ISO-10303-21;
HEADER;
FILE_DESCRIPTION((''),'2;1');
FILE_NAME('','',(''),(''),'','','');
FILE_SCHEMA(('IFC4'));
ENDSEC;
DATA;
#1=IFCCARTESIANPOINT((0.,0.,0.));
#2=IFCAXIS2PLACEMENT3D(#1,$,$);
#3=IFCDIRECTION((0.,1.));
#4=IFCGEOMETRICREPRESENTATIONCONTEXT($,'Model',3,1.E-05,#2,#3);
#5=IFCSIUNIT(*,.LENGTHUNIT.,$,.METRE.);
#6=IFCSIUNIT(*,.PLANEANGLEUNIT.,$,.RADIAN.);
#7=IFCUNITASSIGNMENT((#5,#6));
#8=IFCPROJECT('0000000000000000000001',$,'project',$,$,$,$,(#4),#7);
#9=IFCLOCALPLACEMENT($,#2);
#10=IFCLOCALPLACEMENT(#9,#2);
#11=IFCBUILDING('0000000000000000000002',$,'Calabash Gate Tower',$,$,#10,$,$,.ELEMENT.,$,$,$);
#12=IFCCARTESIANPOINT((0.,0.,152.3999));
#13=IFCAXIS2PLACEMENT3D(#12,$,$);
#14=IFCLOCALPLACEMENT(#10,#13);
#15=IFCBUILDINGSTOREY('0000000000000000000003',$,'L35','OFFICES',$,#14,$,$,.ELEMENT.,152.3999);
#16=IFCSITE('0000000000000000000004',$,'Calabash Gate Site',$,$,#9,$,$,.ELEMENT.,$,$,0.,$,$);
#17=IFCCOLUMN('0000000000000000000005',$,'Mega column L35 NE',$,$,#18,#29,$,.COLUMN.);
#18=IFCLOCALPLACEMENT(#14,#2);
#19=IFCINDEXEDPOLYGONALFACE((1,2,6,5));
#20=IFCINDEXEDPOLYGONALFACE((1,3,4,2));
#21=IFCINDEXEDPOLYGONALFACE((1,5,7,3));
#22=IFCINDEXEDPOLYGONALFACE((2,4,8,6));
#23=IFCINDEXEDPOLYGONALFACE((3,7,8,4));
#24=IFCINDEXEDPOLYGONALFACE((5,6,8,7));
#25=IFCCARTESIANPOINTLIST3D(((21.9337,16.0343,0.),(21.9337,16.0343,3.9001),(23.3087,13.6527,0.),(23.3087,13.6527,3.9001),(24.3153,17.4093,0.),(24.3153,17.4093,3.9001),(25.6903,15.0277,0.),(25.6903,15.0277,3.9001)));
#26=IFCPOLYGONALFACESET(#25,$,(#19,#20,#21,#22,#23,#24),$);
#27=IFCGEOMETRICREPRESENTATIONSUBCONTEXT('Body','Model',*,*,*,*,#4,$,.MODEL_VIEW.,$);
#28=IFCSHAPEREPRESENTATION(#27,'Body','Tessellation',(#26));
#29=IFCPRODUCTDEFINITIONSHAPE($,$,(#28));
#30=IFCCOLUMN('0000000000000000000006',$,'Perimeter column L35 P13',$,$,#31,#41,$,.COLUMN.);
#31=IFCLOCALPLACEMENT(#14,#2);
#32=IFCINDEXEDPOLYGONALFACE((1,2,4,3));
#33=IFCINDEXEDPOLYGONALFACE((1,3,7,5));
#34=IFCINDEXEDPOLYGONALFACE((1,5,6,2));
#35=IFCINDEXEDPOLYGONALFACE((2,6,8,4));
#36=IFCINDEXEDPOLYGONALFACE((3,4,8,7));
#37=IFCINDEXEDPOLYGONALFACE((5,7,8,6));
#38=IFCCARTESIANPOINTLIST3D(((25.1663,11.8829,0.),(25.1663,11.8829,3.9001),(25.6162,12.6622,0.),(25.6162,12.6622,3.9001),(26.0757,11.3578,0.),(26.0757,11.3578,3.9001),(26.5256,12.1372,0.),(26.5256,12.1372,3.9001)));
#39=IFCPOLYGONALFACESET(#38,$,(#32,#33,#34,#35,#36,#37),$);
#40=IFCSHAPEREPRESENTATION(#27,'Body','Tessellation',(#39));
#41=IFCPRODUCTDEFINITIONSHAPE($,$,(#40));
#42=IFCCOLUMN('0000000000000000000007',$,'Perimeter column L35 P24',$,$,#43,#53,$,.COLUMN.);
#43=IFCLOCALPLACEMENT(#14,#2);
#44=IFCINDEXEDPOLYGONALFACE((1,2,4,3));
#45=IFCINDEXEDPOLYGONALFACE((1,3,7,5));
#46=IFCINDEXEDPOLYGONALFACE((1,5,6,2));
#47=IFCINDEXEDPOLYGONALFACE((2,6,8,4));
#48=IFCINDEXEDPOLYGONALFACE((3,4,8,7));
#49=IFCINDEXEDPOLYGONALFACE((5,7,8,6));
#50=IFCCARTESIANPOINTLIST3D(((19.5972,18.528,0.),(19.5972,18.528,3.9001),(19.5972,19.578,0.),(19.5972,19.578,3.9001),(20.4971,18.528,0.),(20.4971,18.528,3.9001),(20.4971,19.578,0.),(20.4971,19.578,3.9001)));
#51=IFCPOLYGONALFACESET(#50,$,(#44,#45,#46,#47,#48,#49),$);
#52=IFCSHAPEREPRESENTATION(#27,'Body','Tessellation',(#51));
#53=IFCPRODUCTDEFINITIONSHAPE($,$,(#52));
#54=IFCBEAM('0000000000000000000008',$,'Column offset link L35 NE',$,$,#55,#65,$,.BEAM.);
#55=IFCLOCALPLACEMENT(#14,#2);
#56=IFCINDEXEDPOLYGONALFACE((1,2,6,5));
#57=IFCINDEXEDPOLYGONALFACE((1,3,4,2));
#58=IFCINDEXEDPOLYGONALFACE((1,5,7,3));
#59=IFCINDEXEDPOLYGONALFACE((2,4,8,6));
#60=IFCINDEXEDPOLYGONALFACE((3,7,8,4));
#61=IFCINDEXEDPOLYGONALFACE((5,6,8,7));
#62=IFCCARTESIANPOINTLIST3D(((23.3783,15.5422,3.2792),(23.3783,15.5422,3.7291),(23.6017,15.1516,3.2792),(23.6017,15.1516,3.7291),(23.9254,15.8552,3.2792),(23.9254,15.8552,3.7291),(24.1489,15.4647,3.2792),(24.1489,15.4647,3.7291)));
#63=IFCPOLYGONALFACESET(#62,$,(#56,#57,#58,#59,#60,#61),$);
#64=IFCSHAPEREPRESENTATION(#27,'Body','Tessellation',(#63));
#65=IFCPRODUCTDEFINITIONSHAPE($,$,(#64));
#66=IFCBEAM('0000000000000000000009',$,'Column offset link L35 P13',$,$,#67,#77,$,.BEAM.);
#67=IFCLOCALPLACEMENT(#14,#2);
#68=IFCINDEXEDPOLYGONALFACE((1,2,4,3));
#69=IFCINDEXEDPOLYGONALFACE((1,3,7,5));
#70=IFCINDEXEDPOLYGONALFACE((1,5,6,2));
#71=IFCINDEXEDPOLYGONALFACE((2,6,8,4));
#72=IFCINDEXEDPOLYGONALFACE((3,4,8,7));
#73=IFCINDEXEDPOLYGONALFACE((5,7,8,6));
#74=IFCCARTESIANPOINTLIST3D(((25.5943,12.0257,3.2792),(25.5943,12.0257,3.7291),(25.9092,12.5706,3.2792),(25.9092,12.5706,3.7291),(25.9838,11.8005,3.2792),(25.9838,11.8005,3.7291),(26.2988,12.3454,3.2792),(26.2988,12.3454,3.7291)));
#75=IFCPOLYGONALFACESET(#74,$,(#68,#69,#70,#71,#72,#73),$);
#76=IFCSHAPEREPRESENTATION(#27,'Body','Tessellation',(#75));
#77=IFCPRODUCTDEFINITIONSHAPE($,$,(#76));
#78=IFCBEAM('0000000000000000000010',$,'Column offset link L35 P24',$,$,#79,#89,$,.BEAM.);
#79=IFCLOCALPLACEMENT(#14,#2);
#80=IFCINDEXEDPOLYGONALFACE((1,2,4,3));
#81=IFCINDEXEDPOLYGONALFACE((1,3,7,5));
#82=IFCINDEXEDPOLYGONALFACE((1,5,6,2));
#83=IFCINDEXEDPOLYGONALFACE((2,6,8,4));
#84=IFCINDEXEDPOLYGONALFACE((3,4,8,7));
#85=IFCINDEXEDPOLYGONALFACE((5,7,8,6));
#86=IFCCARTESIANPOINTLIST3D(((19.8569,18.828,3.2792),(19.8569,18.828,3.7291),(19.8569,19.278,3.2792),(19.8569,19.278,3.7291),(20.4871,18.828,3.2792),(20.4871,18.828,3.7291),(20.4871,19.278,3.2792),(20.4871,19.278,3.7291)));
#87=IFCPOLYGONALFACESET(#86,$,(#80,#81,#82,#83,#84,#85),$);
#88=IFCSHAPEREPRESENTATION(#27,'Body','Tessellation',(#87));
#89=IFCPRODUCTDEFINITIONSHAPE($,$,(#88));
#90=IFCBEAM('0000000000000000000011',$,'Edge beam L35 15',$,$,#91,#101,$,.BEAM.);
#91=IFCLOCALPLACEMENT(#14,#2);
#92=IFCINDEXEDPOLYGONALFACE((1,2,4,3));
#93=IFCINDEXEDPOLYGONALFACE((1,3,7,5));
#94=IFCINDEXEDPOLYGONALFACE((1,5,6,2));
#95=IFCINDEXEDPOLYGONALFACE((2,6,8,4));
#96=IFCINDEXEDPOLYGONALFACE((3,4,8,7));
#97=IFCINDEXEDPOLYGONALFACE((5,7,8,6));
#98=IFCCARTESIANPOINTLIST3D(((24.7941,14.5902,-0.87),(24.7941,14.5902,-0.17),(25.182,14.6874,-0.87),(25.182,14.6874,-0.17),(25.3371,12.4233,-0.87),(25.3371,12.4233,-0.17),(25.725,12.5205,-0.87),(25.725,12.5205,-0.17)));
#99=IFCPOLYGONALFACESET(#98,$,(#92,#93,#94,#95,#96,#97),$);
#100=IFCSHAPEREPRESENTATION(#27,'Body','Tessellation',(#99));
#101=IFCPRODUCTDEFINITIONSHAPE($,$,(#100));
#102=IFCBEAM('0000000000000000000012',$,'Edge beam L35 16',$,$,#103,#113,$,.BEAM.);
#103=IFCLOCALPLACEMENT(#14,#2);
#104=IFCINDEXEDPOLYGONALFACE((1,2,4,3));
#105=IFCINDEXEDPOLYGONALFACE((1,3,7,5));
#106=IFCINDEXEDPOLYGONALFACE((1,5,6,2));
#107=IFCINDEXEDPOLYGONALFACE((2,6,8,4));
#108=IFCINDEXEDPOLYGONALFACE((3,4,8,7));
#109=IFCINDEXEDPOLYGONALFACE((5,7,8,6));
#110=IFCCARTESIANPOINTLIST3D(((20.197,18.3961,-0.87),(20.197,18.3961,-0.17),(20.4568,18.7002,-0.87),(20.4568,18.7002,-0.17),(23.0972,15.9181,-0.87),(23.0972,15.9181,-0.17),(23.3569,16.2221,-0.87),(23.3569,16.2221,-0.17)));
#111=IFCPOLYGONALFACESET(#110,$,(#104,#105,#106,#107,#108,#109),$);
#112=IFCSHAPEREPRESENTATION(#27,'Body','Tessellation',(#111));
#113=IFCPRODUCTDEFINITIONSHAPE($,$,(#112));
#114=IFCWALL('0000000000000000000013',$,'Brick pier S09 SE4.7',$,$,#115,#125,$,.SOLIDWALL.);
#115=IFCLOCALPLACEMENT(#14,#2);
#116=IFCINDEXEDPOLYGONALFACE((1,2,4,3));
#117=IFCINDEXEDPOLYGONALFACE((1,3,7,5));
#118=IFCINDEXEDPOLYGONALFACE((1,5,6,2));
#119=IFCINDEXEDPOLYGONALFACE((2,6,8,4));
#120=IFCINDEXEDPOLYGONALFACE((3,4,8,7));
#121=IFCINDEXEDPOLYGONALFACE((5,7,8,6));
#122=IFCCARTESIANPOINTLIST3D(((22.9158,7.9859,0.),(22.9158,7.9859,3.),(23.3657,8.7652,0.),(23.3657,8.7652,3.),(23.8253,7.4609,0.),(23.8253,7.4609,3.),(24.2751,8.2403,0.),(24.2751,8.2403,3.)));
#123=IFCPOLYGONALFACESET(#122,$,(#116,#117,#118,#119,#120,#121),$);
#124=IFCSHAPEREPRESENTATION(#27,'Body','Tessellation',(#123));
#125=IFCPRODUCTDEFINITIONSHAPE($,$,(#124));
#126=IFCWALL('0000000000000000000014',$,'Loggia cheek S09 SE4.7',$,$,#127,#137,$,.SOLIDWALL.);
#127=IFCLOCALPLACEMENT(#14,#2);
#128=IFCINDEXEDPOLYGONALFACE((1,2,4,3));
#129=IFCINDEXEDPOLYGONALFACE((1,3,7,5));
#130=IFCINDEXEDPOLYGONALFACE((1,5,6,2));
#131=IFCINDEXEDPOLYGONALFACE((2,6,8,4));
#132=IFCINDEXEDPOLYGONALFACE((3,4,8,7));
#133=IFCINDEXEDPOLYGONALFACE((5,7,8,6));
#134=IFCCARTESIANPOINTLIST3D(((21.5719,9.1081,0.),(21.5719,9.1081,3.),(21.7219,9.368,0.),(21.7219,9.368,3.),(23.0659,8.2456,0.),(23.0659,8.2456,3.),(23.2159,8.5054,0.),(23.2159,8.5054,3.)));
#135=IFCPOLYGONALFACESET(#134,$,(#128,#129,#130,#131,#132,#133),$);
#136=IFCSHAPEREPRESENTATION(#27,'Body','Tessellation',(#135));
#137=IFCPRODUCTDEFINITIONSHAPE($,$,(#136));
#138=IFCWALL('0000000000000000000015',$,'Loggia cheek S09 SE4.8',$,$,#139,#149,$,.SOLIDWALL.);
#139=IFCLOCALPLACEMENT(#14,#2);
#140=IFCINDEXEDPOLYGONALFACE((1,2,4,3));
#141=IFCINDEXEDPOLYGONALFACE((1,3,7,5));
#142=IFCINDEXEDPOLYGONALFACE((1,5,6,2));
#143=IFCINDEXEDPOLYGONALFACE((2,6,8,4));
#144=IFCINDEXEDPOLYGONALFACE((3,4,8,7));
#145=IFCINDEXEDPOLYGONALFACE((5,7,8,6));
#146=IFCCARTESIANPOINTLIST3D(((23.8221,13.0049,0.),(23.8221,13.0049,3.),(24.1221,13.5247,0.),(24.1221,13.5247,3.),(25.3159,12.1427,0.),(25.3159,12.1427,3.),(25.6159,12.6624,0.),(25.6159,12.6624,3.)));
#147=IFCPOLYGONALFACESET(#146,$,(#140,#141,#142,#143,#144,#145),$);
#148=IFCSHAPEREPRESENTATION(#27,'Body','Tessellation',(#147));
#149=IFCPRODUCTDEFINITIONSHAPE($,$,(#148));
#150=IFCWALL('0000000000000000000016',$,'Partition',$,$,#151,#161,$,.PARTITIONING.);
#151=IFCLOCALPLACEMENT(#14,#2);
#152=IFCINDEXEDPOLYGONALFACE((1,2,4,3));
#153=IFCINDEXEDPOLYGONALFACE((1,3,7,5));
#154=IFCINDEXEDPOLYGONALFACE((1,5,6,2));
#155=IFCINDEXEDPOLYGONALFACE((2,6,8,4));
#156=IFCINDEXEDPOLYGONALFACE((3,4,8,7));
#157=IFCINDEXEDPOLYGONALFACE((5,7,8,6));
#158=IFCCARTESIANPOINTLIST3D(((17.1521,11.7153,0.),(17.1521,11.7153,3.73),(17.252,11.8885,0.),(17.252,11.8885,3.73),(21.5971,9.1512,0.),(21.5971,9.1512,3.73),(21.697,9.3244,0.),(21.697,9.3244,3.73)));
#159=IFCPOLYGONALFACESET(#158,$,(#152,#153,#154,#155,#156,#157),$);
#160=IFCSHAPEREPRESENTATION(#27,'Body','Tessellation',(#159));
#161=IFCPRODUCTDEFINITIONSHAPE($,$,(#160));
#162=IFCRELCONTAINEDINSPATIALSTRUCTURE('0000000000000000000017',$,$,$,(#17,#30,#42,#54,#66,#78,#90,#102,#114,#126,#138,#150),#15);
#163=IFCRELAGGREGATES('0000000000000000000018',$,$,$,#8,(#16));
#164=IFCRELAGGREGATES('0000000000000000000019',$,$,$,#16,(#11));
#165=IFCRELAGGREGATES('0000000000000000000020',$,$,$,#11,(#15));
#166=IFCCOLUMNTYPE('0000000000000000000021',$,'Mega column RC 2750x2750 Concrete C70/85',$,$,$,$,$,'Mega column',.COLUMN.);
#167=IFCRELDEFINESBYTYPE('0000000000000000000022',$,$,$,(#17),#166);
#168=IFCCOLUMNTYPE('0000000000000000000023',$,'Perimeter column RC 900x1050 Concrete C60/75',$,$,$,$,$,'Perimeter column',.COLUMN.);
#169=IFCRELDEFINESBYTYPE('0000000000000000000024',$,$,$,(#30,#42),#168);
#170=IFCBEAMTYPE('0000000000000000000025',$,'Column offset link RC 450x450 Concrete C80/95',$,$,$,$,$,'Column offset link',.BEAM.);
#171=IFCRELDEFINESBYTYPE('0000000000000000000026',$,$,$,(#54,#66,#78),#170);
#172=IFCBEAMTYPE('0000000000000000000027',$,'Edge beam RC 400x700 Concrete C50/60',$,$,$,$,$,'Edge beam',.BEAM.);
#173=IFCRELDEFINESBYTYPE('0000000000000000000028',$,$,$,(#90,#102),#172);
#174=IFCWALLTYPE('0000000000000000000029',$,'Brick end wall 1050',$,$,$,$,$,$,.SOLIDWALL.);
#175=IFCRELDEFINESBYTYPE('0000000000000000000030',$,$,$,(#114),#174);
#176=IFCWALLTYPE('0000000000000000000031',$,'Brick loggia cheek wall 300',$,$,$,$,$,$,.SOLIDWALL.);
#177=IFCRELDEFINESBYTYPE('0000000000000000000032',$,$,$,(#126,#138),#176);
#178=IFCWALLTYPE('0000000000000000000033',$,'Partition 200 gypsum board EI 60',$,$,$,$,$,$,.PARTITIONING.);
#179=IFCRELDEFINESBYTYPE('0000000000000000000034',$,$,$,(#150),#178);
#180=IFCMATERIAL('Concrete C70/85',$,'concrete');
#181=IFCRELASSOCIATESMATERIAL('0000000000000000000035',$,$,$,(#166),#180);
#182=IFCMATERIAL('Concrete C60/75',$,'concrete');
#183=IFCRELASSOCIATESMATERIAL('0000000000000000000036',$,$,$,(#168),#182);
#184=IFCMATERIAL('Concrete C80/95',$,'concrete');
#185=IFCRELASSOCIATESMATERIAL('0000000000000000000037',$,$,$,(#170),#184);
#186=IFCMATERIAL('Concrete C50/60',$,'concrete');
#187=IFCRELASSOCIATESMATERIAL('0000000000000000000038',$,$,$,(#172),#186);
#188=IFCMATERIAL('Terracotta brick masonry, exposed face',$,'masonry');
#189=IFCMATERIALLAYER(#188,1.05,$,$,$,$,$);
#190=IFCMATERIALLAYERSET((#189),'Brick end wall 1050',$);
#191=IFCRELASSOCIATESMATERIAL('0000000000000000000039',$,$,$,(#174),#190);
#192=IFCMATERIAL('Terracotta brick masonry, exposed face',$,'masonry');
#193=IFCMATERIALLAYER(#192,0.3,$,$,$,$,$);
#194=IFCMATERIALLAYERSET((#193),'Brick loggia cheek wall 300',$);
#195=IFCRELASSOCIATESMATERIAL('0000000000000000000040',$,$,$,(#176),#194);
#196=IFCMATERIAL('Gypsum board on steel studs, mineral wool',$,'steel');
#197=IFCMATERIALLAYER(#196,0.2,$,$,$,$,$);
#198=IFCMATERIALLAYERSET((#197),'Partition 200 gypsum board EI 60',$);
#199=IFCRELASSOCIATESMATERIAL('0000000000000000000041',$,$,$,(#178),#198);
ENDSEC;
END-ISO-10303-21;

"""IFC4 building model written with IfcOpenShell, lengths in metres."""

from ifc_helpers import new_model, si_unit, direction, frame, frame_2d, origin, origin_2d, place, context, subcontext, project, spatial, rectangle, extrude, material, layer, layer_set, material_profile, profile_set, type_object, element, save


model = new_model("IFC4")

# Units and contexts
model_context = context("Model", 3, precision=1e-05, world=origin(), true_north=direction((0.0, 1.0)))
body_context = subcontext(model_context, "Body", "Model", "MODEL_VIEW")
ifc_project = project(units=[si_unit("LENGTHUNIT", "METRE"), si_unit("PLANEANGLEUNIT", "RADIAN")], contexts=[model_context])

# Site, building, storey
site_placement = place(None, origin())
site = spatial("IfcSite", under=ifc_project, at=site_placement, Name="Calabash Gate Site", CompositionType="ELEMENT", RefElevation=0.0)
building_placement = place(site_placement, origin())
building = spatial("IfcBuilding", under=site, at=building_placement, Name="Calabash Gate Tower", CompositionType="ELEMENT")
storey_placement = place(building_placement, frame((0.0, 0.0, 152.3999)))
storey = spatial("IfcBuildingStorey", under=building, at=storey_placement, Name="L35", Description="OFFICES", CompositionType="ELEMENT", Elevation=152.3999)

# Columns
ifc_material_1 = material(Name="Concrete C70/85", Category="concrete")
ifc_material_profile_1 = material_profile(ifc_material_1, rectangle(XDim=2.75, YDim=2.75, at=origin_2d()))
ifc_profile_set_1 = profile_set([ifc_material_profile_1], Name="Concrete C70/85")
column_type_1 = type_object("IfcColumnType", Name="Mega column RC 2750x2750 Concrete C70/85", ElementType="Mega column", PredefinedType="COLUMN", material=ifc_profile_set_1)
column_placement = place(storey_placement, frame((23.812, 15.531, 0.0), z_axis=(0.0, 0.0, 1.0), x_axis=(-0.866025, -0.5, 0.0)))
element("IfcColumn", 1, at=column_placement, inside=storey, type_object=column_type_1, Name="Mega column L35 NE", PredefinedType="COLUMN", context=body_context, shape_type="SweptSolid", body=[
    extrude(rectangle(XDim=2.75, YDim=2.75, at=origin_2d()), origin(), (0.0, 0.0, 1.0), 3.9001),
])
ifc_material_2 = material(Name="Concrete C60/75", Category="concrete")
ifc_material_profile_2 = material_profile(ifc_material_2, rectangle(XDim=0.8999, YDim=1.05, at=origin_2d()))
ifc_profile_set_2 = profile_set([ifc_material_profile_2], Name="Concrete C60/75")
column_type_2 = type_object("IfcColumnType", Name="Perimeter column RC 900x1050 Concrete C60/75", ElementType="Perimeter column", PredefinedType="COLUMN", material=ifc_profile_set_2)
for number, where, z_axis, x_axis, name in (
    (2, (25.8459, 12.01, 0.0), (0.0, 0.0, 1.0), (0.5, 0.866025, 0.0), "Perimeter column L35 P13"),
    (3, (20.0471, 19.053, 0.0), (0.0, 0.0, 1.0), (-1.0, 0.0, 0.0), "Perimeter column L35 P24"),
):
    element("IfcColumn", number, at=place(storey_placement, frame(where, z_axis=z_axis, x_axis=x_axis)), inside=storey, type_object=column_type_2, Name=name, PredefinedType="COLUMN", context=body_context, shape_type="SweptSolid", body=[
        extrude(rectangle(XDim=0.8999, YDim=1.05, at=origin_2d()), origin(), (0.0, 0.0, 1.0), 3.9001),
    ])

# Beams
ifc_material_3 = material(Name="Concrete C80/95", Category="concrete")
ifc_material_profile_3 = material_profile(ifc_material_3, rectangle(XDim=0.45, YDim=0.45, at=origin_2d()))
ifc_profile_set_3 = profile_set([ifc_material_profile_3], Name="Concrete C80/95")
beam_type_1 = type_object("IfcBeamType", Name="Column offset link RC 450x450 Concrete C80/95", ElementType="Column offset link", PredefinedType="BEAM", material=ifc_profile_set_3)
beam_1_placement = place(storey_placement, frame((23.49, 15.3469, 3.5042), z_axis=(0.868005, 0.496556, 0.0), x_axis=(-0.496556, 0.868005, 0.0)))
element("IfcBeam", 4, at=beam_1_placement, inside=storey, type_object=beam_type_1, Name="Column offset link L35 NE", PredefinedType="BEAM", context=body_context, shape_type="SweptSolid", body=[
    extrude(rectangle(XDim=0.45, YDim=0.45, at=origin_2d()), origin(), (0.0, 0.0, 1.0), 0.6304),
])
beam_2_placement = place(storey_placement, frame((25.7891, 11.9131, 3.5042), z_axis=(0.500394, 0.865798, 0.0), x_axis=(-0.865798, 0.500394, 0.0)))
element("IfcBeam", 5, at=beam_2_placement, inside=storey, type_object=beam_type_1, Name="Column offset link L35 P13", PredefinedType="BEAM", context=body_context, shape_type="SweptSolid", body=[
    extrude(rectangle(XDim=0.45, YDim=0.45, at=origin_2d()), origin(), (0.0, 0.0, 1.0), 0.6294),
])
beam_3_placement = place(storey_placement, frame((19.8569, 19.053, 3.5042), z_axis=(1.0, 0.0, 0.0), x_axis=(0.0, 1.0, 0.0)))
element("IfcBeam", 6, at=beam_3_placement, inside=storey, type_object=beam_type_1, Name="Column offset link L35 P24", PredefinedType="BEAM", context=body_context, shape_type="SweptSolid", body=[
    extrude(rectangle(XDim=0.45, YDim=0.45, at=origin_2d()), origin(), (0.0, 0.0, 1.0), 0.6301),
])
ifc_material_4 = material(Name="Concrete C50/60", Category="concrete")
ifc_material_profile_4 = material_profile(ifc_material_4, rectangle(XDim=0.3999, YDim=0.7, at=origin_2d()))
ifc_profile_set_4 = profile_set([ifc_material_profile_4], Name="Concrete C50/60")
beam_type_2 = type_object("IfcBeamType", Name="Edge beam RC 400x700 Concrete C50/60", ElementType="Edge beam", PredefinedType="BEAM", material=ifc_profile_set_4)
beam_4_placement = place(storey_placement, frame((25.531, 12.4719, -0.52), z_axis=(-0.24305, 0.970014, 0.0), x_axis=(-0.970014, -0.24305, 0.0)))
element("IfcBeam", 7, at=beam_4_placement, inside=storey, type_object=beam_type_2, Name="Edge beam L35 15", PredefinedType="BEAM", context=body_context, shape_type="SweptSolid", body=[
    extrude(rectangle(XDim=0.3999, YDim=0.7, at=origin_2d()), origin(), (0.0, 0.0, 1.0), 2.2339),
])
beam_5_placement = place(storey_placement, frame((23.2271, 16.0701, -0.52), z_axis=(-0.760268, 0.64961, 0.0), x_axis=(-0.64961, -0.760268, 0.0)))
element("IfcBeam", 8, at=beam_5_placement, inside=storey, type_object=beam_type_2, Name="Edge beam L35 16", PredefinedType="BEAM", context=body_context, shape_type="SweptSolid", body=[
    extrude(rectangle(XDim=0.3999, YDim=0.7, at=origin_2d()), origin(), (0.0, 0.0, 1.0), 3.8147),
])

# Walls
ifc_material_5 = material(Name="Terracotta brick masonry, exposed face", Category="masonry")
ifc_layer_1 = layer(ifc_material_5, 1.05)
ifc_layer_set_1 = layer_set([ifc_layer_1], Name="Brick end wall 1050")
wall_type_1 = type_object("IfcWallType", Name="Brick end wall 1050", PredefinedType="SOLIDWALL", material=ifc_layer_set_1)
wall_1_placement = place(storey_placement, frame((23.1409, 8.3755, 0.0), z_axis=(0.0, 0.0, 1.0), x_axis=(0.866089, -0.49989, 0.0)))
element("IfcWall", 9, at=wall_1_placement, inside=storey, type_object=wall_type_1, Name="Brick pier S09 SE4.7", PredefinedType="SOLIDWALL", context=body_context, shape_type="SweptSolid", body=[
    extrude(rectangle(XDim=1.05, YDim=0.8999, at=frame_2d((0.5249, 0.0))), origin(), (0.0, 0.0, 1.0), 3.0),
])
ifc_material_6 = material(Name="Terracotta brick masonry, exposed face", Category="masonry")
ifc_layer_2 = layer(ifc_material_6, 0.3)
ifc_layer_set_2 = layer_set([ifc_layer_2], Name="Brick loggia cheek wall 300")
wall_type_2 = type_object("IfcWallType", Name="Brick loggia cheek wall 300", PredefinedType="SOLIDWALL", material=ifc_layer_set_2)
wall_2_placement = place(storey_placement, frame((23.1409, 8.3755, 0.0), z_axis=(0.0, 0.0, 1.0), x_axis=(-0.866014, 0.500021, 0.0)))
element("IfcWall", 10, at=wall_2_placement, inside=storey, type_object=wall_type_2, Name="Loggia cheek S09 SE4.7", PredefinedType="SOLIDWALL", context=body_context, shape_type="SweptSolid", body=[
    extrude(rectangle(XDim=1.7251, YDim=0.3, at=frame_2d((0.8625, 0.0))), origin(), (0.0, 0.0, 1.0), 3.0),
])
wall_3_placement = place(storey_placement, frame((25.4658, 12.4026, 0.0), z_axis=(0.0, 0.0, 1.0), x_axis=(-0.866075, 0.499914, 0.0)))
element("IfcWall", 11, at=wall_3_placement, inside=storey, type_object=wall_type_2, Name="Loggia cheek S09 SE4.8", PredefinedType="SOLIDWALL", context=body_context, shape_type="SweptSolid", body=[
    extrude(rectangle(XDim=1.7249, YDim=0.6001, at=frame_2d((0.8623, 0.0))), origin(), (0.0, 0.0, 1.0), 3.0),
])
ifc_material_7 = material(Name="Gypsum board on steel studs, mineral wool", Category="steel")
ifc_layer_3 = layer(ifc_material_7, 0.2)
ifc_layer_set_3 = layer_set([ifc_layer_3], Name="Partition 200 gypsum board EI 60")
wall_type_3 = type_object("IfcWallType", Name="Partition 200 gypsum board EI 60", PredefinedType="PARTITIONING", material=ifc_layer_set_3)
wall_4_placement = place(storey_placement, frame((17.2019, 11.802, 0.0), z_axis=(0.0, 0.0, 1.0), x_axis=(0.866207, -0.499685, 0.0)))
element("IfcWall", 12, at=wall_4_placement, inside=storey, type_object=wall_type_3, Name="Partition", PredefinedType="PARTITIONING", context=body_context, shape_type="SweptSolid", body=[
    extrude(rectangle(XDim=5.1316, YDim=0.2, at=frame_2d((2.5659, 0.0))), origin(), (0.0, 0.0, 1.0), 3.73),
])

save(model, "model.ifc")
